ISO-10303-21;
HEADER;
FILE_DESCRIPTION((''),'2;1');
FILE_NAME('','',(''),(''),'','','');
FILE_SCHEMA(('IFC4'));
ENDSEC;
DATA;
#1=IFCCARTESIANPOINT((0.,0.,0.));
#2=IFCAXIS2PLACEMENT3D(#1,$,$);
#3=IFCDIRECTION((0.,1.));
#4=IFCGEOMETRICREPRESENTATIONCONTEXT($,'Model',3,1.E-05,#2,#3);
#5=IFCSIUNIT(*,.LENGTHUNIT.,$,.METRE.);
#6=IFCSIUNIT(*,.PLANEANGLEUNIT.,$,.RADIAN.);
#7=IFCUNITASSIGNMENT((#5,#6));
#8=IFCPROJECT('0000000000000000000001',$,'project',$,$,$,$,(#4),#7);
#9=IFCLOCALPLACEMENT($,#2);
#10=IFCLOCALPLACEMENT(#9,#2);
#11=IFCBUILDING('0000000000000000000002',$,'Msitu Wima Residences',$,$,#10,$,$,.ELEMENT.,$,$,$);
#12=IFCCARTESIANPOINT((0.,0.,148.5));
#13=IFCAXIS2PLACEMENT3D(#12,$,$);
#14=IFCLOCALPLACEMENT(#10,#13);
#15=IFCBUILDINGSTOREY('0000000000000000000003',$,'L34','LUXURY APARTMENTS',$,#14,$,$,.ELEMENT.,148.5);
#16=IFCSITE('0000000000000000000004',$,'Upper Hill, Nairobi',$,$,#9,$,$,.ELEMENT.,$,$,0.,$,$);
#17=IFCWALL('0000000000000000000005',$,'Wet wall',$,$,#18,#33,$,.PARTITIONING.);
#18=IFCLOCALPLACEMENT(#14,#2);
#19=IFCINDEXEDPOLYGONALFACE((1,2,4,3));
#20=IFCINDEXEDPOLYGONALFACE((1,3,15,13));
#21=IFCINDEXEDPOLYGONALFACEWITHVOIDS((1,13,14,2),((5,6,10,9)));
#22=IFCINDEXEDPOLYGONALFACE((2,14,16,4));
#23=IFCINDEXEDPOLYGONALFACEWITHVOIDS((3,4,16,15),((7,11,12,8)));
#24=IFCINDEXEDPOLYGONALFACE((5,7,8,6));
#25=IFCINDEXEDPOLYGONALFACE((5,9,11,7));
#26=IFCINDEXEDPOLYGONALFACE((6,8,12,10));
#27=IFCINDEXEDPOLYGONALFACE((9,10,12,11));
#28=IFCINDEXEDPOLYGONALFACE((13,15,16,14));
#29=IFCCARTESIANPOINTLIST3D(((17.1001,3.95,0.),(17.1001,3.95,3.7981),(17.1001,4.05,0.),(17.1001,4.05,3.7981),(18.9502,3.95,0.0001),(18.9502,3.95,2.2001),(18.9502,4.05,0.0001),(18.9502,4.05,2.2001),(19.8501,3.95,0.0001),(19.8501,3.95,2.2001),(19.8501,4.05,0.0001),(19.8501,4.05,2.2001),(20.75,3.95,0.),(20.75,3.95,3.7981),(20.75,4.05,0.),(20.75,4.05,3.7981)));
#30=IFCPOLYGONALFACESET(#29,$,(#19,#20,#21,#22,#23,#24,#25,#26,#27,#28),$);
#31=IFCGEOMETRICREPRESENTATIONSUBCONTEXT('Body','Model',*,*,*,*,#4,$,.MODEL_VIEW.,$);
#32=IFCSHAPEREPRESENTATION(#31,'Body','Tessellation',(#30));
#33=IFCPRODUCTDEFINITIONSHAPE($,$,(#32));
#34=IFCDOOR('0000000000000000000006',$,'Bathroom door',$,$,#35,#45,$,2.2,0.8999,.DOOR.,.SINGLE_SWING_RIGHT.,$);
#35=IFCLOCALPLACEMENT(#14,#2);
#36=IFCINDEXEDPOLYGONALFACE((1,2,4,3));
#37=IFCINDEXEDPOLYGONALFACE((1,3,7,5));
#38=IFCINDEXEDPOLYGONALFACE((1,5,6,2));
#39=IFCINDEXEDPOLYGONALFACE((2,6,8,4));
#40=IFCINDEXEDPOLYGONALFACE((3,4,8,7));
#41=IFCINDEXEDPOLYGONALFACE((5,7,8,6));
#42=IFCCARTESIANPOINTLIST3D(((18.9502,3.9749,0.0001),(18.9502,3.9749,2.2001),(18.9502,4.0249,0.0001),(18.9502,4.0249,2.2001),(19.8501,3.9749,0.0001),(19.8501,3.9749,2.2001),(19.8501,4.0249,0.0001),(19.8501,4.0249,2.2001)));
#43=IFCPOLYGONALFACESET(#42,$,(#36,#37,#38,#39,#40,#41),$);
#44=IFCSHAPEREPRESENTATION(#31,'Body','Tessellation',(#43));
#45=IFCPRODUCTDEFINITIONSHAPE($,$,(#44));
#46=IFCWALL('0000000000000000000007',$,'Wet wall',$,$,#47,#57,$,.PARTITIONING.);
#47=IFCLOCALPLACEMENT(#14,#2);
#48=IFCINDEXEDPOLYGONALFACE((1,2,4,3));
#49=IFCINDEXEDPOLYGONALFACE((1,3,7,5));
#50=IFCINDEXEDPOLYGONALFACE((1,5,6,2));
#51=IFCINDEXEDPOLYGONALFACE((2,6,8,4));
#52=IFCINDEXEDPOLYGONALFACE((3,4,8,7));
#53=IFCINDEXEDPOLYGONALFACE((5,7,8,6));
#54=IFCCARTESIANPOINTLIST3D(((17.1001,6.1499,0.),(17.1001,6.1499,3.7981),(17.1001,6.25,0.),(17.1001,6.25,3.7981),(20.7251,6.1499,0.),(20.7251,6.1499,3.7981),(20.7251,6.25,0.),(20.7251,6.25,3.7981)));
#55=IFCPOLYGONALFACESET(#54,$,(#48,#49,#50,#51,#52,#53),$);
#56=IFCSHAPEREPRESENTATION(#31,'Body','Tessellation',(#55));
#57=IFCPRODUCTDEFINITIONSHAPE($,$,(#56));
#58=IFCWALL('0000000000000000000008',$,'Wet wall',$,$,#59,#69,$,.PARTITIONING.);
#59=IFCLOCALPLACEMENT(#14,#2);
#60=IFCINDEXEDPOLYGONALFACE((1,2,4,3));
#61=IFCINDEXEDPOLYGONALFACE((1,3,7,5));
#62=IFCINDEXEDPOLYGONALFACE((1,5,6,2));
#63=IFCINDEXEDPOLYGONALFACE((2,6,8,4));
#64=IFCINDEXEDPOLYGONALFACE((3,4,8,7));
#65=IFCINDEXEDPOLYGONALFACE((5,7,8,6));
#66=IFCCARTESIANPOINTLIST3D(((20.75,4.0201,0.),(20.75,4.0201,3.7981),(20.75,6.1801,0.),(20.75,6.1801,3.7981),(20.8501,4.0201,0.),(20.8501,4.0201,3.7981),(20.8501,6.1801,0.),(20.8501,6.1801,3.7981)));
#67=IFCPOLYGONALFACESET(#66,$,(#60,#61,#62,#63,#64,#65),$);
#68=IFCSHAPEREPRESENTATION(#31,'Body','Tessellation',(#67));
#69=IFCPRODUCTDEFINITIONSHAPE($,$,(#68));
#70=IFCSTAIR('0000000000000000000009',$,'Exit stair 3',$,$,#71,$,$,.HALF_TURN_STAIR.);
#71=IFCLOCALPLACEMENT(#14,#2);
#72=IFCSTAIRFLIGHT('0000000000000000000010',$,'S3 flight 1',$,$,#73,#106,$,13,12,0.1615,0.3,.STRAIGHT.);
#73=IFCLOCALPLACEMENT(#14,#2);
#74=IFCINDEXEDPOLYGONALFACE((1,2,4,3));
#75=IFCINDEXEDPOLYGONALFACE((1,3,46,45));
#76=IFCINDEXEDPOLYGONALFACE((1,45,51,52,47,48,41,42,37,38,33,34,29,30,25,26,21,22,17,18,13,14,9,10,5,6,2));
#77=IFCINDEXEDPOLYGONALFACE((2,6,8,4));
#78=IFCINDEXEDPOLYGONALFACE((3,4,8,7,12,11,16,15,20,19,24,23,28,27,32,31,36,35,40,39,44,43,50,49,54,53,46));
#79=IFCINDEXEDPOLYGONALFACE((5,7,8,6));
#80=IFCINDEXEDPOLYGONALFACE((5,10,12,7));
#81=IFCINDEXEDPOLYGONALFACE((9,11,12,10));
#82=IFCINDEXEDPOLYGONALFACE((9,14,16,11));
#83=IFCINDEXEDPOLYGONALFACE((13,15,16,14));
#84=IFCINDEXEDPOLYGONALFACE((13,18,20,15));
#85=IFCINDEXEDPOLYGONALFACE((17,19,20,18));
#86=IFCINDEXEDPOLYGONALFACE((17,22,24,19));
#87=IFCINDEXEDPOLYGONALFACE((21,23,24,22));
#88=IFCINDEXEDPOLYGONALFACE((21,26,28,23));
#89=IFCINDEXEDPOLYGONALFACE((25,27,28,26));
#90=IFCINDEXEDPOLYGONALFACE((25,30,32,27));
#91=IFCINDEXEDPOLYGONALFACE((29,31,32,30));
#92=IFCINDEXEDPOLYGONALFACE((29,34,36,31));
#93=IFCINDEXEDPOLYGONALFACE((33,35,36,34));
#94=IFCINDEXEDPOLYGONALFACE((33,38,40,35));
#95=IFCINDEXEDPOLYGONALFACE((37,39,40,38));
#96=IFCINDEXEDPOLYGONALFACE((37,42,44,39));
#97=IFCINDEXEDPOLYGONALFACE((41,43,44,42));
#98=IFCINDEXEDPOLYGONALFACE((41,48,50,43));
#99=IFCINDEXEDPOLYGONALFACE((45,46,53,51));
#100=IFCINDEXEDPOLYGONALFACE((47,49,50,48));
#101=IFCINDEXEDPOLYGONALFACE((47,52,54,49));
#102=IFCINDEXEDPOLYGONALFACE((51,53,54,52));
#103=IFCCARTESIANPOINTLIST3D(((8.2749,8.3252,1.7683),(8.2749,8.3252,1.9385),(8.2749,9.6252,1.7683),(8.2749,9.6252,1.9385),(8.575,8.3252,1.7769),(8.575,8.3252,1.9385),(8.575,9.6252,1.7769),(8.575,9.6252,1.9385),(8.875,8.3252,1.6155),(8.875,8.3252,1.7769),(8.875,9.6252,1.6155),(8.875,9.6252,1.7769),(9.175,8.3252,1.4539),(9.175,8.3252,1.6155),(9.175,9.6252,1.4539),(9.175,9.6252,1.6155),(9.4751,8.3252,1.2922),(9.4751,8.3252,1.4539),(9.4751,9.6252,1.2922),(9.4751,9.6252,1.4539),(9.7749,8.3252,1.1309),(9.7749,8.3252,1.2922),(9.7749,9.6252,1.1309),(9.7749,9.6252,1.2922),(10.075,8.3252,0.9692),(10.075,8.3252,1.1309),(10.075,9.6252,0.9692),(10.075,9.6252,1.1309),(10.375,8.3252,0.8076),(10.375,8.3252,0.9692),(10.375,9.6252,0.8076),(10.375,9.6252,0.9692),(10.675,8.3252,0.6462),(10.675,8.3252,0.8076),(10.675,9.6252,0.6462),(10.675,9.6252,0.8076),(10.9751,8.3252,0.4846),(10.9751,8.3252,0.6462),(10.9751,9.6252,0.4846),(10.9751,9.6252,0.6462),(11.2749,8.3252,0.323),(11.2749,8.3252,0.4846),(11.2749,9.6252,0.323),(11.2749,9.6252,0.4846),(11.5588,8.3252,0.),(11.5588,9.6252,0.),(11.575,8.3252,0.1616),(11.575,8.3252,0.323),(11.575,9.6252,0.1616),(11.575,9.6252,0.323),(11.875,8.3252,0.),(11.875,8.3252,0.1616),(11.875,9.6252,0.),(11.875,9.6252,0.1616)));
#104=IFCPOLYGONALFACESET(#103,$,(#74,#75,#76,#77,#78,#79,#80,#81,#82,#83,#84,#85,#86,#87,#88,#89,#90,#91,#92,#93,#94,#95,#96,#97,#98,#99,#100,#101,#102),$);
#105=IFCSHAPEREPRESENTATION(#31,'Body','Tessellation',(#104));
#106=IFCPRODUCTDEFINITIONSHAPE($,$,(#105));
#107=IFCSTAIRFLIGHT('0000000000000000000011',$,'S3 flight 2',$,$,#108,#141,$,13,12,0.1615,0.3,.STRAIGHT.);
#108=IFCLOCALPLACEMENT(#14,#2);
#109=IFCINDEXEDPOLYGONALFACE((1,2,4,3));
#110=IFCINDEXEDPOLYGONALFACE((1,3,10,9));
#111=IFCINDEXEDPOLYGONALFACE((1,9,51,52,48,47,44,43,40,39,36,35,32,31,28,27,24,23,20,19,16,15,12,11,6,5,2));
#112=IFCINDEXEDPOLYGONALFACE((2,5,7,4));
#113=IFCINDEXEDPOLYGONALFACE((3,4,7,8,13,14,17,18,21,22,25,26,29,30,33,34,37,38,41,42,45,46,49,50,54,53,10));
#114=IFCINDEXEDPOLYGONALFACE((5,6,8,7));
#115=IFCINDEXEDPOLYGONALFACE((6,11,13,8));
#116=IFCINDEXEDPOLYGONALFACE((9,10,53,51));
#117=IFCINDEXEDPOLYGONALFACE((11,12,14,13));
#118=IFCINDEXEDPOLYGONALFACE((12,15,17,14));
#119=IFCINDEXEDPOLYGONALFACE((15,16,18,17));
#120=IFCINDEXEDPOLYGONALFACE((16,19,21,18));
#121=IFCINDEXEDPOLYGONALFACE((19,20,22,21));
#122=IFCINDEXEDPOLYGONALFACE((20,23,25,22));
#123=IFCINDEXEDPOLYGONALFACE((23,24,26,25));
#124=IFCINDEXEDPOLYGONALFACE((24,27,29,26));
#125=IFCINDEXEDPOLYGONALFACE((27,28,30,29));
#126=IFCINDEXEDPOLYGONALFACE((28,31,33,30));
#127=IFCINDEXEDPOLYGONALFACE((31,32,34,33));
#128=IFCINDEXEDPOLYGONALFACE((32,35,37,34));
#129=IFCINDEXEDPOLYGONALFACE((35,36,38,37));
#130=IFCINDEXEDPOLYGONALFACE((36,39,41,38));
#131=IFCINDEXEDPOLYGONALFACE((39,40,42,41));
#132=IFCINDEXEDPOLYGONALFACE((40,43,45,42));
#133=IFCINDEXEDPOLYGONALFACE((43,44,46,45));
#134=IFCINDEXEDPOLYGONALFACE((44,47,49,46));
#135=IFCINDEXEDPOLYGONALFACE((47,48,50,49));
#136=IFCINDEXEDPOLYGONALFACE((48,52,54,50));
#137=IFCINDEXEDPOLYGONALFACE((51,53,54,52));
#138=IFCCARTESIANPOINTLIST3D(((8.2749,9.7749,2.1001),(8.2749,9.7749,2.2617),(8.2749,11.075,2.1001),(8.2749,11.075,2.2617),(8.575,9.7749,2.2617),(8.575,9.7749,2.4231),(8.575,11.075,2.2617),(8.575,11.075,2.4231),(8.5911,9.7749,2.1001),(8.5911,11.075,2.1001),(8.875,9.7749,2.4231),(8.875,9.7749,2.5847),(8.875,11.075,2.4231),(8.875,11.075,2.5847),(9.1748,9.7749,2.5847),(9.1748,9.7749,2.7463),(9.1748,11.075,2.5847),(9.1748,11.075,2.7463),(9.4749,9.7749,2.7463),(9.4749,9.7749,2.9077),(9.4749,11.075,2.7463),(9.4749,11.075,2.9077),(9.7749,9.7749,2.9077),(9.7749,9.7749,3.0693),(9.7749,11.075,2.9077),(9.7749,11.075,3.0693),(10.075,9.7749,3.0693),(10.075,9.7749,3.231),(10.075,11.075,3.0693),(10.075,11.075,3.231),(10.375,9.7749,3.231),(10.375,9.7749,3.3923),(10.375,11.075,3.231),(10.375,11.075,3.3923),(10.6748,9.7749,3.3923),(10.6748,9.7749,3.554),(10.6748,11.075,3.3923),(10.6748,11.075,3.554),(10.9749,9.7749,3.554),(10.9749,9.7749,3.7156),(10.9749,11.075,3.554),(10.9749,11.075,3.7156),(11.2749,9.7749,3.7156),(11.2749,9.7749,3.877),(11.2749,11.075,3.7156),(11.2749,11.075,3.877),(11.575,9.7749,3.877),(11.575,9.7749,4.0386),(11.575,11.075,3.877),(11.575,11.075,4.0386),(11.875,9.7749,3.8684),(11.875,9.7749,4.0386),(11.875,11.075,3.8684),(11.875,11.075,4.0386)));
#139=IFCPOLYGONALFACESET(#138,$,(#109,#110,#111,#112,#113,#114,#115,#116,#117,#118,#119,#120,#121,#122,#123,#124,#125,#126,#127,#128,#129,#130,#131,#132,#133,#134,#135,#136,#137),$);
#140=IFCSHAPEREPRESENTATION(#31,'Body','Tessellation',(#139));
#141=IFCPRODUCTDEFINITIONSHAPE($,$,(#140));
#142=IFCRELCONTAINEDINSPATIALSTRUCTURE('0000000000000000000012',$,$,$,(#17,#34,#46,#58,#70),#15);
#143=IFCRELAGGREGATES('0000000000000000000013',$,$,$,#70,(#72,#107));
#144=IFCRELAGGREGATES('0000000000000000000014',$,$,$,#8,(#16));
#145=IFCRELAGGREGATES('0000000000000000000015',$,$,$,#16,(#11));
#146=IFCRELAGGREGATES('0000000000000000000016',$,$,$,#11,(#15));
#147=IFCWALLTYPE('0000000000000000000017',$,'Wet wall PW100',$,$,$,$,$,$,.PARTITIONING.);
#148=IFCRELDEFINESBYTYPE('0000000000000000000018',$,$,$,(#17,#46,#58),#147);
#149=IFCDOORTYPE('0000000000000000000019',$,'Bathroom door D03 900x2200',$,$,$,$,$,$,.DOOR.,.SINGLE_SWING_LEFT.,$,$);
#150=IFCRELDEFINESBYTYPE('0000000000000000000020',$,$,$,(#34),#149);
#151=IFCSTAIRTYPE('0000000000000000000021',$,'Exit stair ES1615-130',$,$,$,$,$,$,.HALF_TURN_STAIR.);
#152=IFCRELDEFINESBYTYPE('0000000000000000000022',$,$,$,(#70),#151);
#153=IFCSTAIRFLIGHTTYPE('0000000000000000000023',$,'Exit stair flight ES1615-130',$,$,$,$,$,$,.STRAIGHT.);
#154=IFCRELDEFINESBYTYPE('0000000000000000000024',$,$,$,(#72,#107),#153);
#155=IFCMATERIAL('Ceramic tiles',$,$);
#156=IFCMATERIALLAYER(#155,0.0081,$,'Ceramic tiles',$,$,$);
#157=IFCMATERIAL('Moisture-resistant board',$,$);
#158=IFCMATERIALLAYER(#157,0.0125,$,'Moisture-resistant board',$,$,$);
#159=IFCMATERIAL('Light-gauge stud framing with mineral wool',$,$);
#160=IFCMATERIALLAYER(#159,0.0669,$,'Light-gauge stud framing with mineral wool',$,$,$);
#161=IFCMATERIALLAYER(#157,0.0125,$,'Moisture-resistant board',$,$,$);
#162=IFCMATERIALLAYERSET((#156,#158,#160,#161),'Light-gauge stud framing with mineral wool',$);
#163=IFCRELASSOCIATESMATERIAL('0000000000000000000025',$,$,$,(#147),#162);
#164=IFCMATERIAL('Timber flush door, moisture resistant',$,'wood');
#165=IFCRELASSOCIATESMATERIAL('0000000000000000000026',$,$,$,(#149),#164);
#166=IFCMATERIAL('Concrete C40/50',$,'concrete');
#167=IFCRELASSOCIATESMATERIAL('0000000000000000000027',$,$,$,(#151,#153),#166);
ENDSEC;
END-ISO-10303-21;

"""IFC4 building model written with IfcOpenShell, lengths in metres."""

from ifc_helpers import new_model, si_unit, direction, frame, frame_2d, origin, place, context, subcontext, project, spatial, polyline, rectangle, outline, extrude, material, layer, layer_set, type_object, element, fill, aggregate, save


model = new_model("IFC4")

# Units and contexts
model_context = context("Model", 3, precision=1e-05, world=origin(), true_north=direction((0.0, 1.0)))
body_context = subcontext(model_context, "Body", "Model", "MODEL_VIEW")
ifc_project = project(units=[si_unit("LENGTHUNIT", "METRE"), si_unit("PLANEANGLEUNIT", "RADIAN")], contexts=[model_context])

# Site, building, storey
site_placement = place(None, origin())
site = spatial("IfcSite", under=ifc_project, at=site_placement, Name="Upper Hill, Nairobi", CompositionType="ELEMENT", RefElevation=0.0)
building_placement = place(site_placement, origin())
building = spatial("IfcBuilding", under=site, at=building_placement, Name="Msitu Wima Residences", CompositionType="ELEMENT")
storey_placement = place(building_placement, frame((0.0, 0.0, 148.5)))
storey = spatial("IfcBuildingStorey", under=building, at=storey_placement, Name="L34", Description="LUXURY APARTMENTS", CompositionType="ELEMENT", Elevation=148.5)

# Shared definitions
ifc_material_1 = material(Name="Concrete C40/50", Category="concrete")

# Wall, opening, door
ifc_material_2 = material(Name="Ceramic tiles")
ifc_layer_1 = layer(ifc_material_2, 0.0081, Name="Ceramic tiles")
ifc_material_3 = material(Name="Moisture-resistant board")
ifc_layer_2 = layer(ifc_material_3, 0.0125, Name="Moisture-resistant board")
ifc_material_4 = material(Name="Light-gauge stud framing with mineral wool")
ifc_layer_3 = layer(ifc_material_4, 0.0669, Name="Light-gauge stud framing with mineral wool")
ifc_layer_4 = layer(ifc_material_3, 0.0125, Name="Moisture-resistant board")
ifc_layer_set_1 = layer_set([ifc_layer_1, ifc_layer_2, ifc_layer_3, ifc_layer_4], Name="Light-gauge stud framing with mineral wool")
wall_type_1 = type_object("IfcWallType", Name="Wet wall PW100", PredefinedType="PARTITIONING", material=ifc_layer_set_1)
wall_1_placement = place(storey_placement, frame((17.1001, 4.0, 0.0), z_axis=(0.0, 0.0, 1.0), x_axis=(1.0, 0.0, 0.0)))
wall_1 = element("IfcWall", 1, at=wall_1_placement, inside=storey, type_object=wall_type_1, Name="Wet wall", PredefinedType="PARTITIONING", context=body_context, shape_type="SweptSolid", body=[
    extrude(rectangle(XDim=3.6499, YDim=0.1001, at=frame_2d((1.825, 0.0))), origin(), (0.0, 0.0, 1.0), 3.7981),
])
opening_1_placement = place(wall_1_placement, frame((1.8501, 0.0, 0.0)))
opening_1 = element("IfcOpeningElement", 2, at=opening_1_placement, cuts=wall_1, PredefinedType="OPENING", context=body_context, shape_type="SweptSolid", body=[
    extrude(rectangle(XDim=0.8999, YDim=2.2, at=frame_2d((0.45, 1.1001))), frame((0.0, 0.0601, 0.0), z_axis=(0.0, -1.0, 0.0), x_axis=(1.0, 0.0, 0.0)), (0.0, 0.0, 1.0), 0.1201),
])
ifc_material_5 = material(Name="Timber flush door, moisture resistant", Category="wood")
door_type_1 = type_object("IfcDoorType", Name="Bathroom door D03 900x2200", OperationType="SINGLE_SWING_LEFT", PredefinedType="DOOR", material=ifc_material_5)
door_1_placement = place(opening_1_placement, origin())
door_1 = element("IfcDoor", 3, at=door_1_placement, inside=storey, type_object=door_type_1, Name="Bathroom door", OperationType="SINGLE_SWING_RIGHT", OverallHeight=2.2, OverallWidth=0.8999, PredefinedType="DOOR", context=body_context, shape_type="SweptSolid", body=[
    extrude(rectangle(XDim=0.8999, YDim=2.2, at=frame_2d((0.45, 1.1001))), frame((0.0, 0.0249, 0.0), z_axis=(0.0, -1.0, 0.0), x_axis=(1.0, 0.0, 0.0)), (0.0, 0.0, 1.0), 0.05),
])
fill(opening_1, door_1)

# Walls
wall_2_placement = place(storey_placement, frame((17.1001, 6.2, 0.0), z_axis=(0.0, 0.0, 1.0), x_axis=(1.0, 0.0, 0.0)))
element("IfcWall", 4, at=wall_2_placement, inside=storey, type_object=wall_type_1, Name="Wet wall", PredefinedType="PARTITIONING", context=body_context, shape_type="SweptSolid", body=[
    extrude(rectangle(XDim=3.625, YDim=0.1001, at=frame_2d((1.8125, 0.0))), origin(), (0.0, 0.0, 1.0), 3.7981),
])
wall_3_placement = place(storey_placement, frame((20.8, 4.02, 0.0), z_axis=(0.0, 0.0, 1.0), x_axis=(0.0, 1.0, 0.0)))
element("IfcWall", 5, at=wall_3_placement, inside=storey, type_object=wall_type_1, Name="Wet wall", PredefinedType="PARTITIONING", context=body_context, shape_type="SweptSolid", body=[
    extrude(rectangle(XDim=2.1599, YDim=0.1001, at=frame_2d((1.0801, 0.0))), origin(), (0.0, 0.0, 1.0), 3.7981),
])

# Stair, stair flights
stair_type = type_object("IfcStairType", Name="Exit stair ES1615-130", PredefinedType="HALF_TURN_STAIR", material=ifc_material_1)
stair_placement = place(storey_placement, origin())
stair = element("IfcStair", 6, at=stair_placement, inside=storey, type_object=stair_type, Name="Exit stair 3", PredefinedType="HALF_TURN_STAIR")
stair_flight_type = type_object("IfcStairFlightType", Name="Exit stair flight ES1615-130", PredefinedType="STRAIGHT", material=ifc_material_1)
stair_flight_1_placement = place(storey_placement, frame((11.875, 8.9751, 0.0), z_axis=(0.0, 0.0, 1.0), x_axis=(-1.0, 0.0, 0.0)))
stair_flight_1 = element("IfcStairFlight", 7, at=stair_flight_1_placement, type_object=stair_flight_type, Name="S3 flight 1", NumberOfRisers=13, NumberOfTreads=12, PredefinedType="STRAIGHT", RiserHeight=0.1615, TreadLength=0.3, context=body_context, shape_type="SweptSolid", body=[
    extrude(outline(polyline([(0.0, 0.0), (0.0, 0.1616), (0.3, 0.1616), (0.3, 0.323), (0.6001, 0.323), (0.6001, 0.4846), (0.8999, 0.4846), (0.8999, 0.6462), (1.2, 0.6462), (1.2, 0.8076), (1.5, 0.8076), (1.5, 0.9692), (1.8, 0.9692), (1.8, 1.1309), (2.1001, 1.1309), (2.1001, 1.2922), (2.3999, 1.2922), (2.3999, 1.4539), (2.7, 1.4539), (2.7, 1.6155), (3.0, 1.6155), (3.0, 1.7769), (3.3, 1.7769), (3.3, 1.9385), (3.6001, 1.9385), (3.6001, 2.1001), (3.6001, 1.7683), (0.3162, 0.0), (0.0, 0.0)])), frame((0.0, 0.6499, 0.0), z_axis=(0.0, -1.0, 0.0), x_axis=(1.0, 0.0, 0.0)), (0.0, 0.0, 1.0), 1.3),
])
stair_flight_2_placement = place(storey_placement, frame((8.2749, 10.425, 2.1001), z_axis=(0.0, 0.0, 1.0), x_axis=(1.0, 0.0, 0.0)))
stair_flight_2 = element("IfcStairFlight", 8, at=stair_flight_2_placement, type_object=stair_flight_type, Name="S3 flight 2", NumberOfRisers=13, NumberOfTreads=12, PredefinedType="STRAIGHT", RiserHeight=0.1615, TreadLength=0.3, context=body_context, shape_type="SweptSolid", body=[
    extrude(outline(polyline([(0.0, 0.0), (0.0, 0.1616), (0.3, 0.1616), (0.3, 0.323), (0.6001, 0.323), (0.6001, 0.4846), (0.8999, 0.4846), (0.8999, 0.6462), (1.2, 0.6462), (1.2, 0.8076), (1.5, 0.8076), (1.5, 0.9692), (1.8, 0.9692), (1.8, 1.1309), (2.1001, 1.1309), (2.1001, 1.2922), (2.3999, 1.2922), (2.3999, 1.4539), (2.7, 1.4539), (2.7, 1.6155), (3.0, 1.6155), (3.0, 1.7769), (3.3, 1.7769), (3.3, 1.9385), (3.6001, 1.9385), (3.6001, 2.1001), (3.6001, 1.7683), (0.3162, 0.0), (0.0, 0.0)])), frame((0.0, 0.6499, 0.0), z_axis=(0.0, -1.0, 0.0), x_axis=(1.0, 0.0, 0.0)), (0.0, 0.0, 1.0), 1.3),
])
aggregate(stair, [stair_flight_1, stair_flight_2])

save(model, "model.ifc")
